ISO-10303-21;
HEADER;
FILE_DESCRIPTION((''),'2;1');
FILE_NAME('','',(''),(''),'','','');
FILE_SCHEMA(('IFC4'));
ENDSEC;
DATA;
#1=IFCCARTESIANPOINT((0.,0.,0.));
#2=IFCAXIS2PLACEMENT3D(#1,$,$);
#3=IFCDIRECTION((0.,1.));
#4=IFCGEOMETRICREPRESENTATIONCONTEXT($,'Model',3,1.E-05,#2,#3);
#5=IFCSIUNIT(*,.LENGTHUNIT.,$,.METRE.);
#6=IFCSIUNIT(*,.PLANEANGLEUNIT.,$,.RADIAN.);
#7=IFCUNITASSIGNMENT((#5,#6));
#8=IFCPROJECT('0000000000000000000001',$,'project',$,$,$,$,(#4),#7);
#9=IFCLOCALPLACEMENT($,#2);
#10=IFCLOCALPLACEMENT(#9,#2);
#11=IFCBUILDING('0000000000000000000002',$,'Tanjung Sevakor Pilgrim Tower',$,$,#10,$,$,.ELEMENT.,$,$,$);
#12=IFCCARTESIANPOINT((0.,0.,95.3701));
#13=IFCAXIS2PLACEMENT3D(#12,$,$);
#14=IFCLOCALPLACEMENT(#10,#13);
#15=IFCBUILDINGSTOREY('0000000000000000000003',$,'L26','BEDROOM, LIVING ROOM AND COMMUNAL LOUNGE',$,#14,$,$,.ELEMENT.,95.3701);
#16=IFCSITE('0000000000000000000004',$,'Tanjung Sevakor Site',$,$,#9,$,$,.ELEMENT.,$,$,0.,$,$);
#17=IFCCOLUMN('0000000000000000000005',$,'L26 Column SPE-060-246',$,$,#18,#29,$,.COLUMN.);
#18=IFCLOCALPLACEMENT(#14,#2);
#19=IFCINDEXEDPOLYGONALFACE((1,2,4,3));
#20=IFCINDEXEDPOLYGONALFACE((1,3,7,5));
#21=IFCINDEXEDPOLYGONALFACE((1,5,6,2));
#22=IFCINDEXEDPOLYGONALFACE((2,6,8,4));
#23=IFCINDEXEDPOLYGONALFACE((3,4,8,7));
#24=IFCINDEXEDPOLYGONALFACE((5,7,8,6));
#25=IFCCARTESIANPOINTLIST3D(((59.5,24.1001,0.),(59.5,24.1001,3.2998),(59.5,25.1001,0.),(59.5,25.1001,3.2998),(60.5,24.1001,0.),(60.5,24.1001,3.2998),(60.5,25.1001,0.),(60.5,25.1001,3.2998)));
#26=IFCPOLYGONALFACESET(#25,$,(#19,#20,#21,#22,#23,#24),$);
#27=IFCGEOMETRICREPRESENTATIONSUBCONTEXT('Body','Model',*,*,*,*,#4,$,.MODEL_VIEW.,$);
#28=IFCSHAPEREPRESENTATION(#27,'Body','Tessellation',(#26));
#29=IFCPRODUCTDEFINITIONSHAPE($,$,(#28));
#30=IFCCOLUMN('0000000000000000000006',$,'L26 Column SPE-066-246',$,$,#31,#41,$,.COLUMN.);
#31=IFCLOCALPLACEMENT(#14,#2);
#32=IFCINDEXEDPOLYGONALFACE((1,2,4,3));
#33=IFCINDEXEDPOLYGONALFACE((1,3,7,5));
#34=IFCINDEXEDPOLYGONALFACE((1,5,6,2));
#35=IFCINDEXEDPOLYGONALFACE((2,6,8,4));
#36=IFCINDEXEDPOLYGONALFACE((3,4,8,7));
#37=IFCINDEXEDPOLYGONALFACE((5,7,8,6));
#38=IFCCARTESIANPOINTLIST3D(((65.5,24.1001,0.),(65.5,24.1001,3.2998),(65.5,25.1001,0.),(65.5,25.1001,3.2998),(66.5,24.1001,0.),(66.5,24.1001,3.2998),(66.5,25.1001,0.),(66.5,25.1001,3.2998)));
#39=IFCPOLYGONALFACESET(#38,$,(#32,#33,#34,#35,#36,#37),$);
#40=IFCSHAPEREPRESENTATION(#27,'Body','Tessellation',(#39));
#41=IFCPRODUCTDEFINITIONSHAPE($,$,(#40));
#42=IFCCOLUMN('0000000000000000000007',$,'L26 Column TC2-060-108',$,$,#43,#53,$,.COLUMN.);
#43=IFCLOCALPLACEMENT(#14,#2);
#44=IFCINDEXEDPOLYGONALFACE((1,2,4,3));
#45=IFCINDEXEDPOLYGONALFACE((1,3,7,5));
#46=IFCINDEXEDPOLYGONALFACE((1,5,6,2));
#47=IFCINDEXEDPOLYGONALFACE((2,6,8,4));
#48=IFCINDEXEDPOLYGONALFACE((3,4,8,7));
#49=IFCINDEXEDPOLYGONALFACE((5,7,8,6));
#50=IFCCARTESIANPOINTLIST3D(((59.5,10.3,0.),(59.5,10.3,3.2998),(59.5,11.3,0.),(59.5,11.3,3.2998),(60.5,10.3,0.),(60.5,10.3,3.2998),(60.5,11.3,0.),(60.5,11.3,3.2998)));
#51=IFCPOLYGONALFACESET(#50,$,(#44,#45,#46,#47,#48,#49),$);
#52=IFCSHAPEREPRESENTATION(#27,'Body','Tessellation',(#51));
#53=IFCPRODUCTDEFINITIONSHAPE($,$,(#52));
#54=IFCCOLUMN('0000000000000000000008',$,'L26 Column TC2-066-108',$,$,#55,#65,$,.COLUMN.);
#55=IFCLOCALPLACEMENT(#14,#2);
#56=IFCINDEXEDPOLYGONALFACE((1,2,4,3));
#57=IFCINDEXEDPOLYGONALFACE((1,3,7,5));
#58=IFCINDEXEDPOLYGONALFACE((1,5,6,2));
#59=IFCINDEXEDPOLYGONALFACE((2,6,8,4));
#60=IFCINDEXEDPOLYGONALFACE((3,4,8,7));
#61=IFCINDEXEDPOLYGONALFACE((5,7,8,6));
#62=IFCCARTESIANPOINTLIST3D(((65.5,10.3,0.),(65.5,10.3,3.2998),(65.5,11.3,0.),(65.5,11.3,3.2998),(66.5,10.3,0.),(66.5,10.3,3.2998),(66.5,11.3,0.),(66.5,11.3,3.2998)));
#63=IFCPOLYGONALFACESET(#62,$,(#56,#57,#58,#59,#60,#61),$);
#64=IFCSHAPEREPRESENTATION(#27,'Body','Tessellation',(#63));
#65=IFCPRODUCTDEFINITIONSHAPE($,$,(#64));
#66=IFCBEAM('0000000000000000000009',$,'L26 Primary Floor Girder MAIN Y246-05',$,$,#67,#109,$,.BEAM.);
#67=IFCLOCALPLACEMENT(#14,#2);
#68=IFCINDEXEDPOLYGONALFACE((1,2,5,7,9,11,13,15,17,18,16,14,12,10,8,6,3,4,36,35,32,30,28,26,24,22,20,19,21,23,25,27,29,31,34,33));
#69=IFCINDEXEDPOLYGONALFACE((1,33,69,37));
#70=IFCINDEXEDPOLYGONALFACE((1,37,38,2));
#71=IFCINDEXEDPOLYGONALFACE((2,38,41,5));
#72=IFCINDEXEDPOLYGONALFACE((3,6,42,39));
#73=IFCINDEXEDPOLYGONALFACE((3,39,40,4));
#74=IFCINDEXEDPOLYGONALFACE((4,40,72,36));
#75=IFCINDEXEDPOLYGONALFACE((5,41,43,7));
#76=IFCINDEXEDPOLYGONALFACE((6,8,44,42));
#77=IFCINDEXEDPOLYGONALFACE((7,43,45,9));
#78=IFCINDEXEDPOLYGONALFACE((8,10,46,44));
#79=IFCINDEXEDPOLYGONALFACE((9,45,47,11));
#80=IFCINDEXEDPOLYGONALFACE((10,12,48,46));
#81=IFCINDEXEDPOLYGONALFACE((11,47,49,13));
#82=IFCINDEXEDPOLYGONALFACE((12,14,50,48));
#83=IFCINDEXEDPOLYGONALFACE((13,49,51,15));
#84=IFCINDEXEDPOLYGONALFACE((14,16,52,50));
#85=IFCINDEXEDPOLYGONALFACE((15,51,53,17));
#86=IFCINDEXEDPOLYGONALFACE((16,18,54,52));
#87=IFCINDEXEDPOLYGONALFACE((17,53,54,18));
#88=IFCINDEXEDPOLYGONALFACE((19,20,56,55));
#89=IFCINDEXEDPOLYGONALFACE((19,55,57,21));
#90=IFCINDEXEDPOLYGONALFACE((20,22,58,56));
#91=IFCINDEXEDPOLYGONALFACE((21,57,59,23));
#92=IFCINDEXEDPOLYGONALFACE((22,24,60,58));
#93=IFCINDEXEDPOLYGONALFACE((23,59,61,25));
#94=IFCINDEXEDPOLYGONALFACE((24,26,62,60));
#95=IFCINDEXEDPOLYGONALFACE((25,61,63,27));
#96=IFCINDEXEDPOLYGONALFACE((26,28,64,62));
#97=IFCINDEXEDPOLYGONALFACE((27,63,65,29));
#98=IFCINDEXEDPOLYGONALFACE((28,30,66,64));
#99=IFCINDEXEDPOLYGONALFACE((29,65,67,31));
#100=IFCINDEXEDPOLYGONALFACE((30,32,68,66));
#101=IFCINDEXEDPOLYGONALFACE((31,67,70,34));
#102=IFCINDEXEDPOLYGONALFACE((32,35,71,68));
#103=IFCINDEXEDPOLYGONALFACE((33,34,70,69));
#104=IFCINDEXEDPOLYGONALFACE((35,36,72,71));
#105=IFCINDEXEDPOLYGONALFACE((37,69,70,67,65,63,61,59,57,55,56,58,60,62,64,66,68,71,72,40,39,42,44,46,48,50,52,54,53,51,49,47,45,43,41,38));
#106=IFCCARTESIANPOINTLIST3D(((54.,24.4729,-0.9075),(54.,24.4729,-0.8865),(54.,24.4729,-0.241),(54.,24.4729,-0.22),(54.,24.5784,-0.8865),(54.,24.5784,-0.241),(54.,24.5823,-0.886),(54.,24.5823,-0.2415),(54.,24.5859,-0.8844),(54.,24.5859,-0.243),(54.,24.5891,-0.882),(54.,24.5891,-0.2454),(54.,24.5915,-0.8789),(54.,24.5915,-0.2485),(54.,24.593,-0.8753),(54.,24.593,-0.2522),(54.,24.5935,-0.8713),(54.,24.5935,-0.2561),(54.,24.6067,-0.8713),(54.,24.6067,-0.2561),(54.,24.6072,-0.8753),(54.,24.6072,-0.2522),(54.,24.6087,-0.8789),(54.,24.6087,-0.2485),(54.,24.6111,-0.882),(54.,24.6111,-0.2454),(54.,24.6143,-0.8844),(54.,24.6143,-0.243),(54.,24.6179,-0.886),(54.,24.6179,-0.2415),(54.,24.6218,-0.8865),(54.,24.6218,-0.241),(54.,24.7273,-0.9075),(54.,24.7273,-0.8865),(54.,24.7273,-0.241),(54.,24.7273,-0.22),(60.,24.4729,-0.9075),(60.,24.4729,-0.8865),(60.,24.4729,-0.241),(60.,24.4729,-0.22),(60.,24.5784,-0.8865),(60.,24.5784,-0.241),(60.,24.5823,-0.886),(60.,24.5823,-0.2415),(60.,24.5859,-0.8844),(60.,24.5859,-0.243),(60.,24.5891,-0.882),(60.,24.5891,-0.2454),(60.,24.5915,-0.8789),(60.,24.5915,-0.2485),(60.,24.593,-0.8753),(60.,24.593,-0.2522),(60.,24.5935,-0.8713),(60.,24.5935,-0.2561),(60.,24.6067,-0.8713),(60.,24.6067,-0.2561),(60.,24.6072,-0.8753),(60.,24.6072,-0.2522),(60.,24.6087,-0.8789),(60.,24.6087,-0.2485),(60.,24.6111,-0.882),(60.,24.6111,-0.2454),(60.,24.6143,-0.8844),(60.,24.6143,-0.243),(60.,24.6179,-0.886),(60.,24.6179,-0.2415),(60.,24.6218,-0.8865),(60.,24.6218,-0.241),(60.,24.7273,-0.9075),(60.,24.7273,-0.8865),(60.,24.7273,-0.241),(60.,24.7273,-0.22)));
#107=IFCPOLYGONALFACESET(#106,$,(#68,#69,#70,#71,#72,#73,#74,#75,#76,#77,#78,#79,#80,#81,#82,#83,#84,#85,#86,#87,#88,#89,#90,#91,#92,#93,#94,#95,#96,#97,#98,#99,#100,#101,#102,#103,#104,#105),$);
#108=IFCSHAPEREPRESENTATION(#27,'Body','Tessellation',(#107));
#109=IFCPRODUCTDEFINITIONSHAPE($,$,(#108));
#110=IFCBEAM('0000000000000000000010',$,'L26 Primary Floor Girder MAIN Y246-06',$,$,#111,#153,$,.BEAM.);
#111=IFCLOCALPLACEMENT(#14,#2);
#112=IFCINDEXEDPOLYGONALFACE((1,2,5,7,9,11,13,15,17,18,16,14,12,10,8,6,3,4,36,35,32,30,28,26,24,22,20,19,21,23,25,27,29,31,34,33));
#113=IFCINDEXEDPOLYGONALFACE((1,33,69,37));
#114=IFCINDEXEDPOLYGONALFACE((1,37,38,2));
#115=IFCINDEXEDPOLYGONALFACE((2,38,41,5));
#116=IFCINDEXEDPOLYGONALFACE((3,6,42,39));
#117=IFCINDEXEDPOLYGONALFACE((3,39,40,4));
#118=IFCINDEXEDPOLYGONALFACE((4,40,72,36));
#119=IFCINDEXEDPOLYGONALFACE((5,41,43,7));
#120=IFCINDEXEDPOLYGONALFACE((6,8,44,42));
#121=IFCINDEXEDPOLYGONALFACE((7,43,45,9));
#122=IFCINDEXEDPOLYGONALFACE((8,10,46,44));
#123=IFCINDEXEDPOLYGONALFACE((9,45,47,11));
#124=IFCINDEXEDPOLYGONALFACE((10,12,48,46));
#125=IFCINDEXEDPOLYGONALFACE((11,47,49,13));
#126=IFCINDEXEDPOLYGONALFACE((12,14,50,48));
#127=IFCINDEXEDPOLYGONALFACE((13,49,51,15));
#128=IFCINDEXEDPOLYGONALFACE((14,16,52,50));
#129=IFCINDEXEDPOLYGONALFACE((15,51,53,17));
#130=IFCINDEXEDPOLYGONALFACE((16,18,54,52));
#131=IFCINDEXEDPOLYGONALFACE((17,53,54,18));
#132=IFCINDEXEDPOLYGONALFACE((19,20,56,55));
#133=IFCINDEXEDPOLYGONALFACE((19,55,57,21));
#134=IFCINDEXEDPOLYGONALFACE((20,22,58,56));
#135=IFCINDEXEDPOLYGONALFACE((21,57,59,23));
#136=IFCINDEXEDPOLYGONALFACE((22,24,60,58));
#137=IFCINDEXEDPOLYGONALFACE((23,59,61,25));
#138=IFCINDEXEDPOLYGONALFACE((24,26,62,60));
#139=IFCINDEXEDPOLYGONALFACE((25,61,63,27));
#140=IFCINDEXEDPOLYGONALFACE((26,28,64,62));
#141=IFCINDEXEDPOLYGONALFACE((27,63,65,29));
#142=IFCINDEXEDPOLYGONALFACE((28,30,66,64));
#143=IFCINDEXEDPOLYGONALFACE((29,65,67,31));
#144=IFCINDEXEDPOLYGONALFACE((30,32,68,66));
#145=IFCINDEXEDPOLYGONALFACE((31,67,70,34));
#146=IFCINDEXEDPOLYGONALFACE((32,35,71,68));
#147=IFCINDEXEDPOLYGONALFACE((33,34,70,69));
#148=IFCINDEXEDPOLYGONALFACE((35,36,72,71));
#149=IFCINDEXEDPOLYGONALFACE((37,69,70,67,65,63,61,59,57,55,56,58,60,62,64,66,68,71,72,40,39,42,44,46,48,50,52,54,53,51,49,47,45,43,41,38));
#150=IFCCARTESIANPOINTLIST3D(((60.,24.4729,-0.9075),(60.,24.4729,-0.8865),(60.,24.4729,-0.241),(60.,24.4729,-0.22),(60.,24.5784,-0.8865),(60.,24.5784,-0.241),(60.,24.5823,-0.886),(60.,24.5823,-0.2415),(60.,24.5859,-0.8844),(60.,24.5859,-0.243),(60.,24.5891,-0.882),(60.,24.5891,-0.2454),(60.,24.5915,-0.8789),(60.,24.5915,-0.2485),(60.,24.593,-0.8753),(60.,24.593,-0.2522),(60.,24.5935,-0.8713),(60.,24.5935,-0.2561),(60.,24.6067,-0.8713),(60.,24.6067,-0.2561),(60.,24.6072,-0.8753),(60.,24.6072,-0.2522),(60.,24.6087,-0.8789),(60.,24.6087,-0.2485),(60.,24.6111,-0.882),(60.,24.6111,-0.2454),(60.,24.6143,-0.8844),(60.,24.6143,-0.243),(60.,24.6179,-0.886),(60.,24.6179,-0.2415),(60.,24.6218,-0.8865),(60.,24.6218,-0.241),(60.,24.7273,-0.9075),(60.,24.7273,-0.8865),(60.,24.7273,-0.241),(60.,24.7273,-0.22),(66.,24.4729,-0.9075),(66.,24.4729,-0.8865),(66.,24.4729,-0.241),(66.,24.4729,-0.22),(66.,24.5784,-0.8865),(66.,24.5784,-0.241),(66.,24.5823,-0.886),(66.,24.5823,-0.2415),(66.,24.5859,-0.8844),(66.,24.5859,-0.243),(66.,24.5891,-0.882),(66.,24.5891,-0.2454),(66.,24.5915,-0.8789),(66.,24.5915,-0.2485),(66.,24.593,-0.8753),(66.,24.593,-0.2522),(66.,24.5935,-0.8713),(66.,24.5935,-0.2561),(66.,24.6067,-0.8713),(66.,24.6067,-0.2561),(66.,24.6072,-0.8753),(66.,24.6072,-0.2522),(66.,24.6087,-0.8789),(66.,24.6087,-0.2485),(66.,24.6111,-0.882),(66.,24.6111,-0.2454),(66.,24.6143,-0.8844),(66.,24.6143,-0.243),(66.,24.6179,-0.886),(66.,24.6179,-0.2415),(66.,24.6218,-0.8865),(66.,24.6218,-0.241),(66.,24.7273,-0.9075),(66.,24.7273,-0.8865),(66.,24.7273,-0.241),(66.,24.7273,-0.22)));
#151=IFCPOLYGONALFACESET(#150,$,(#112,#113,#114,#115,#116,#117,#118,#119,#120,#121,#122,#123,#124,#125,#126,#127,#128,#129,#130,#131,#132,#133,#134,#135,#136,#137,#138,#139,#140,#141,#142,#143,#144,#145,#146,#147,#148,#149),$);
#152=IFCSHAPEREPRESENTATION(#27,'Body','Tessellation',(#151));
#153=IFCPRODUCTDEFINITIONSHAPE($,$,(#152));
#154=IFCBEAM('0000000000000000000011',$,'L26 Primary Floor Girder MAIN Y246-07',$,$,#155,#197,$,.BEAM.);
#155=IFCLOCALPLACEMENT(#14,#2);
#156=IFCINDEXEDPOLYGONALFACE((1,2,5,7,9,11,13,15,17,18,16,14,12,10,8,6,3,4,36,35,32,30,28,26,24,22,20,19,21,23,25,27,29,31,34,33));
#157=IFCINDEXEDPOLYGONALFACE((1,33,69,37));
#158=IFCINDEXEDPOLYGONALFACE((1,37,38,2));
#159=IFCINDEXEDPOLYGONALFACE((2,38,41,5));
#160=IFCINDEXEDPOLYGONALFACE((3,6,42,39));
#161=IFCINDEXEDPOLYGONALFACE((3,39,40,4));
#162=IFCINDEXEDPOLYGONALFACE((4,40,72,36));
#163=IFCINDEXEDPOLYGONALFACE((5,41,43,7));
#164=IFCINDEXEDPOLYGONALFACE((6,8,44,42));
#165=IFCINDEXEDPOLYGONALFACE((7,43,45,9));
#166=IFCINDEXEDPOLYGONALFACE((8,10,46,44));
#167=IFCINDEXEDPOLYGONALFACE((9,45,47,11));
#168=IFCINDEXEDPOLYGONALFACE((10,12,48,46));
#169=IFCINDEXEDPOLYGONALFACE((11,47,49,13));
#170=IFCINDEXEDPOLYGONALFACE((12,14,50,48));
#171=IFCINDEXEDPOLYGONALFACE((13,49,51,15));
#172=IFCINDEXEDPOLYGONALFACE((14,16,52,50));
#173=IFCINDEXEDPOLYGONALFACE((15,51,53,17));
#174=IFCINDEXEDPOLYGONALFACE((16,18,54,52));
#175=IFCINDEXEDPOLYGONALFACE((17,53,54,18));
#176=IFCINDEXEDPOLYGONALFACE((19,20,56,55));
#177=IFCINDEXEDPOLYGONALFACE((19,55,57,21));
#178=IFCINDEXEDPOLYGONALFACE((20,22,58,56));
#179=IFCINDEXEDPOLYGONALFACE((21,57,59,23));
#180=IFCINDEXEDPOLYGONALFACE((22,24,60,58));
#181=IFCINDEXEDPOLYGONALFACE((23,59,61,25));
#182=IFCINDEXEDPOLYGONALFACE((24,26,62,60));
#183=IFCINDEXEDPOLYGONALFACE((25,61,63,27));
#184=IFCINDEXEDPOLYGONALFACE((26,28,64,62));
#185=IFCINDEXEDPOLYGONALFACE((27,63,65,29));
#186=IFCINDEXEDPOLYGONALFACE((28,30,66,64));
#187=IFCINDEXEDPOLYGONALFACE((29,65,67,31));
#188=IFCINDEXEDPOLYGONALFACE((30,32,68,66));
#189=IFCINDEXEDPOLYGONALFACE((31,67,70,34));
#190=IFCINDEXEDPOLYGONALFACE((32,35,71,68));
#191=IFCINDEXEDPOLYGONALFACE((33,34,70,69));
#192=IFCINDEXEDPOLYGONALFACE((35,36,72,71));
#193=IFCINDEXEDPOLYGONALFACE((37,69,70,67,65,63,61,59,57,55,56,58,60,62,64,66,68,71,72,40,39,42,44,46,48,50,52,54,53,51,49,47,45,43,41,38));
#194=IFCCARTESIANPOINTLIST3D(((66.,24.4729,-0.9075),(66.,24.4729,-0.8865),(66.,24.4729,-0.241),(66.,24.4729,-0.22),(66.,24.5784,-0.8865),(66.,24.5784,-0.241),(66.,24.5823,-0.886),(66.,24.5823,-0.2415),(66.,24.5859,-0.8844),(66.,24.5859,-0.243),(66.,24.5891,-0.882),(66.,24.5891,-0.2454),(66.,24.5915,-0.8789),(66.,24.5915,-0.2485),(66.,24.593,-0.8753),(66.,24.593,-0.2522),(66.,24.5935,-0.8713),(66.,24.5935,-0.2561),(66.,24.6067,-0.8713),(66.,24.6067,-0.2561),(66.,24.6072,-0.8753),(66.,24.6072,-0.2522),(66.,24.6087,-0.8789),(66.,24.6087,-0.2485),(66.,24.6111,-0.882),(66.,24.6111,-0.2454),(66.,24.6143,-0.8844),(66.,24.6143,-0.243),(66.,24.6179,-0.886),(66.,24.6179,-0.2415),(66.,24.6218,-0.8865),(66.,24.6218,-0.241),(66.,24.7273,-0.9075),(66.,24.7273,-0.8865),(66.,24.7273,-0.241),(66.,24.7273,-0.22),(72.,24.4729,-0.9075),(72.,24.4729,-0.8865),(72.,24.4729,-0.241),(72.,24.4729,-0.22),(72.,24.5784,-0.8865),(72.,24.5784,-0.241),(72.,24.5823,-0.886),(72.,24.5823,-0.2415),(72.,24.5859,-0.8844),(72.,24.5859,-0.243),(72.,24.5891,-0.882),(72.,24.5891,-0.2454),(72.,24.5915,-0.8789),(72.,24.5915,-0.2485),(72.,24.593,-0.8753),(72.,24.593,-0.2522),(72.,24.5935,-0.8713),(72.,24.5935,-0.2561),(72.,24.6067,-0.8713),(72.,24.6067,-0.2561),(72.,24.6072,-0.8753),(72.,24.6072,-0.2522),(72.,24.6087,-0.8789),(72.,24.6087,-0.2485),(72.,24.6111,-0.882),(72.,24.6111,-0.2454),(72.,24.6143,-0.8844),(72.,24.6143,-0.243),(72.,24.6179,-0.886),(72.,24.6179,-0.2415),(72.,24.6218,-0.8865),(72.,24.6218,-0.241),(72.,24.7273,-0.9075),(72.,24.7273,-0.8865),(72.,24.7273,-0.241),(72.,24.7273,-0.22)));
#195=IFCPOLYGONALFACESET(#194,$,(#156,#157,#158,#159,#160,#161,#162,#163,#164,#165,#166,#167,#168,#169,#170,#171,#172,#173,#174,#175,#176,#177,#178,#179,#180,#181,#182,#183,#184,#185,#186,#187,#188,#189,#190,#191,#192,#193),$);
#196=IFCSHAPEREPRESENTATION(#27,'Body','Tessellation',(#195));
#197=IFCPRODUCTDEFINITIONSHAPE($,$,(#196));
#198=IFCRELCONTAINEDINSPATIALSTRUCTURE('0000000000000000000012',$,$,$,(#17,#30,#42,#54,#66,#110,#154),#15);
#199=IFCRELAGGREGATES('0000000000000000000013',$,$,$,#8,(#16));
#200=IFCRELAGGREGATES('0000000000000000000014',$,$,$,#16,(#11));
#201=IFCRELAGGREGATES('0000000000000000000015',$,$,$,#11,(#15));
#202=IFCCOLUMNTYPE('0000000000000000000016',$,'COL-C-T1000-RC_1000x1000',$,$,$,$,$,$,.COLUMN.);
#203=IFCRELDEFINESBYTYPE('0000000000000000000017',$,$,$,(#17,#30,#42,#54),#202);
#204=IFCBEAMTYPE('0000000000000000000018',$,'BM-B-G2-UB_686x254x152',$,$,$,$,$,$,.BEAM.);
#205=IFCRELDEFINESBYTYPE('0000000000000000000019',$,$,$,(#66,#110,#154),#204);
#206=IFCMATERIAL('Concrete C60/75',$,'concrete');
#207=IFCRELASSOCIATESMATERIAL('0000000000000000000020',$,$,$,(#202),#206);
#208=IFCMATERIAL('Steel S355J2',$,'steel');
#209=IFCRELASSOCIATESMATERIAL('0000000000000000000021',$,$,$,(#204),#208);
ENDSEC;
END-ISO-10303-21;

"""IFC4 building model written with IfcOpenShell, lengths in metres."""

from ifc_helpers import new_model, si_unit, direction, frame, origin, origin_2d, place, context, subcontext, project, spatial, rectangle, i_section, extrude, material, material_profile, profile_set, type_object, element, save


model = new_model("IFC4")

# Units and contexts
model_context = context("Model", 3, precision=1e-05, world=origin(), true_north=direction((0.0, 1.0)))
body_context = subcontext(model_context, "Body", "Model", "MODEL_VIEW")
ifc_project = project(units=[si_unit("LENGTHUNIT", "METRE"), si_unit("PLANEANGLEUNIT", "RADIAN")], contexts=[model_context])

# Site, building, storey
site_placement = place(None, origin())
site = spatial("IfcSite", under=ifc_project, at=site_placement, Name="Tanjung Sevakor Site", CompositionType="ELEMENT", RefElevation=0.0)
building_placement = place(site_placement, origin())
building = spatial("IfcBuilding", under=site, at=building_placement, Name="Tanjung Sevakor Pilgrim Tower", CompositionType="ELEMENT")
storey_placement = place(building_placement, frame((0.0, 0.0, 95.3701)))
storey = spatial("IfcBuildingStorey", under=building, at=storey_placement, Name="L26", Description="BEDROOM, LIVING ROOM AND COMMUNAL LOUNGE", CompositionType="ELEMENT", Elevation=95.3701)

# Columns
ifc_material_1 = material(Name="Concrete C60/75", Category="concrete")
ifc_material_profile_1 = material_profile(ifc_material_1, rectangle(XDim=1.0, YDim=1.0, at=origin_2d()))
ifc_profile_set_1 = profile_set([ifc_material_profile_1], Name="Concrete C60/75")
column_type = type_object("IfcColumnType", Name="COL-C-T1000-RC_1000x1000", PredefinedType="COLUMN", material=ifc_profile_set_1)
for number, where, z_axis, x_axis, name in (
    (1, (60.0, 24.6001, 0.0), (0.0, 0.0, 1.0), (1.0, 0.0, 0.0), "L26 Column SPE-060-246"),
    (2, (66.0, 24.6001, 0.0), (0.0, 0.0, 1.0), (1.0, 0.0, 0.0), "L26 Column SPE-066-246"),
    (3, (60.0, 10.8, 0.0), (0.0, 0.0, 1.0), (1.0, 0.0, 0.0), "L26 Column TC2-060-108"),
    (4, (66.0, 10.8, 0.0), (0.0, 0.0, 1.0), (1.0, 0.0, 0.0), "L26 Column TC2-066-108"),
):
    element("IfcColumn", number, at=place(storey_placement, frame(where, z_axis=z_axis, x_axis=x_axis)), inside=storey, type_object=column_type, Name=name, PredefinedType="COLUMN", context=body_context, shape_type="SweptSolid", body=[
        extrude(rectangle(XDim=1.0, YDim=1.0, at=origin_2d()), origin(), (0.0, 0.0, 1.0), 3.2998),
    ])

# Beams
ifc_material_2 = material(Name="Steel S355J2", Category="steel")
ifc_material_profile_2 = material_profile(ifc_material_2, i_section(OverallWidth=0.2544, OverallDepth=0.6875, WebThickness=0.0132, FlangeThickness=0.021, FilletRadius=0.0151, at=origin_2d()))
ifc_profile_set_2 = profile_set([ifc_material_profile_2], Name="Steel S355J2")
beam_type_1 = type_object("IfcBeamType", Name="BM-B-G2-UB_686x254x152", PredefinedType="BEAM", material=ifc_profile_set_2)
for number, where, z_axis, x_axis, name in (
    (5, (54.0, 24.6001, -0.5637), (1.0, 0.0, 0.0), (0.0, 1.0, 0.0), "L26 Primary Floor Girder MAIN Y246-05"),
    (6, (60.0, 24.6001, -0.5637), (1.0, 0.0, 0.0), (0.0, 1.0, 0.0), "L26 Primary Floor Girder MAIN Y246-06"),
    (7, (66.0, 24.6001, -0.5637), (1.0, 0.0, 0.0), (0.0, 1.0, 0.0), "L26 Primary Floor Girder MAIN Y246-07"),
):
    element("IfcBeam", number, at=place(storey_placement, frame(where, z_axis=z_axis, x_axis=x_axis)), inside=storey, type_object=beam_type_1, Name=name, PredefinedType="BEAM", context=body_context, shape_type="SweptSolid", body=[
        extrude(i_section(OverallWidth=0.2544, OverallDepth=0.6875, WebThickness=0.0132, FlangeThickness=0.021, FilletRadius=0.0151, at=origin_2d()), origin(), (0.0, 0.0, 1.0), 6.0),
    ])

save(model, "model.ifc")
